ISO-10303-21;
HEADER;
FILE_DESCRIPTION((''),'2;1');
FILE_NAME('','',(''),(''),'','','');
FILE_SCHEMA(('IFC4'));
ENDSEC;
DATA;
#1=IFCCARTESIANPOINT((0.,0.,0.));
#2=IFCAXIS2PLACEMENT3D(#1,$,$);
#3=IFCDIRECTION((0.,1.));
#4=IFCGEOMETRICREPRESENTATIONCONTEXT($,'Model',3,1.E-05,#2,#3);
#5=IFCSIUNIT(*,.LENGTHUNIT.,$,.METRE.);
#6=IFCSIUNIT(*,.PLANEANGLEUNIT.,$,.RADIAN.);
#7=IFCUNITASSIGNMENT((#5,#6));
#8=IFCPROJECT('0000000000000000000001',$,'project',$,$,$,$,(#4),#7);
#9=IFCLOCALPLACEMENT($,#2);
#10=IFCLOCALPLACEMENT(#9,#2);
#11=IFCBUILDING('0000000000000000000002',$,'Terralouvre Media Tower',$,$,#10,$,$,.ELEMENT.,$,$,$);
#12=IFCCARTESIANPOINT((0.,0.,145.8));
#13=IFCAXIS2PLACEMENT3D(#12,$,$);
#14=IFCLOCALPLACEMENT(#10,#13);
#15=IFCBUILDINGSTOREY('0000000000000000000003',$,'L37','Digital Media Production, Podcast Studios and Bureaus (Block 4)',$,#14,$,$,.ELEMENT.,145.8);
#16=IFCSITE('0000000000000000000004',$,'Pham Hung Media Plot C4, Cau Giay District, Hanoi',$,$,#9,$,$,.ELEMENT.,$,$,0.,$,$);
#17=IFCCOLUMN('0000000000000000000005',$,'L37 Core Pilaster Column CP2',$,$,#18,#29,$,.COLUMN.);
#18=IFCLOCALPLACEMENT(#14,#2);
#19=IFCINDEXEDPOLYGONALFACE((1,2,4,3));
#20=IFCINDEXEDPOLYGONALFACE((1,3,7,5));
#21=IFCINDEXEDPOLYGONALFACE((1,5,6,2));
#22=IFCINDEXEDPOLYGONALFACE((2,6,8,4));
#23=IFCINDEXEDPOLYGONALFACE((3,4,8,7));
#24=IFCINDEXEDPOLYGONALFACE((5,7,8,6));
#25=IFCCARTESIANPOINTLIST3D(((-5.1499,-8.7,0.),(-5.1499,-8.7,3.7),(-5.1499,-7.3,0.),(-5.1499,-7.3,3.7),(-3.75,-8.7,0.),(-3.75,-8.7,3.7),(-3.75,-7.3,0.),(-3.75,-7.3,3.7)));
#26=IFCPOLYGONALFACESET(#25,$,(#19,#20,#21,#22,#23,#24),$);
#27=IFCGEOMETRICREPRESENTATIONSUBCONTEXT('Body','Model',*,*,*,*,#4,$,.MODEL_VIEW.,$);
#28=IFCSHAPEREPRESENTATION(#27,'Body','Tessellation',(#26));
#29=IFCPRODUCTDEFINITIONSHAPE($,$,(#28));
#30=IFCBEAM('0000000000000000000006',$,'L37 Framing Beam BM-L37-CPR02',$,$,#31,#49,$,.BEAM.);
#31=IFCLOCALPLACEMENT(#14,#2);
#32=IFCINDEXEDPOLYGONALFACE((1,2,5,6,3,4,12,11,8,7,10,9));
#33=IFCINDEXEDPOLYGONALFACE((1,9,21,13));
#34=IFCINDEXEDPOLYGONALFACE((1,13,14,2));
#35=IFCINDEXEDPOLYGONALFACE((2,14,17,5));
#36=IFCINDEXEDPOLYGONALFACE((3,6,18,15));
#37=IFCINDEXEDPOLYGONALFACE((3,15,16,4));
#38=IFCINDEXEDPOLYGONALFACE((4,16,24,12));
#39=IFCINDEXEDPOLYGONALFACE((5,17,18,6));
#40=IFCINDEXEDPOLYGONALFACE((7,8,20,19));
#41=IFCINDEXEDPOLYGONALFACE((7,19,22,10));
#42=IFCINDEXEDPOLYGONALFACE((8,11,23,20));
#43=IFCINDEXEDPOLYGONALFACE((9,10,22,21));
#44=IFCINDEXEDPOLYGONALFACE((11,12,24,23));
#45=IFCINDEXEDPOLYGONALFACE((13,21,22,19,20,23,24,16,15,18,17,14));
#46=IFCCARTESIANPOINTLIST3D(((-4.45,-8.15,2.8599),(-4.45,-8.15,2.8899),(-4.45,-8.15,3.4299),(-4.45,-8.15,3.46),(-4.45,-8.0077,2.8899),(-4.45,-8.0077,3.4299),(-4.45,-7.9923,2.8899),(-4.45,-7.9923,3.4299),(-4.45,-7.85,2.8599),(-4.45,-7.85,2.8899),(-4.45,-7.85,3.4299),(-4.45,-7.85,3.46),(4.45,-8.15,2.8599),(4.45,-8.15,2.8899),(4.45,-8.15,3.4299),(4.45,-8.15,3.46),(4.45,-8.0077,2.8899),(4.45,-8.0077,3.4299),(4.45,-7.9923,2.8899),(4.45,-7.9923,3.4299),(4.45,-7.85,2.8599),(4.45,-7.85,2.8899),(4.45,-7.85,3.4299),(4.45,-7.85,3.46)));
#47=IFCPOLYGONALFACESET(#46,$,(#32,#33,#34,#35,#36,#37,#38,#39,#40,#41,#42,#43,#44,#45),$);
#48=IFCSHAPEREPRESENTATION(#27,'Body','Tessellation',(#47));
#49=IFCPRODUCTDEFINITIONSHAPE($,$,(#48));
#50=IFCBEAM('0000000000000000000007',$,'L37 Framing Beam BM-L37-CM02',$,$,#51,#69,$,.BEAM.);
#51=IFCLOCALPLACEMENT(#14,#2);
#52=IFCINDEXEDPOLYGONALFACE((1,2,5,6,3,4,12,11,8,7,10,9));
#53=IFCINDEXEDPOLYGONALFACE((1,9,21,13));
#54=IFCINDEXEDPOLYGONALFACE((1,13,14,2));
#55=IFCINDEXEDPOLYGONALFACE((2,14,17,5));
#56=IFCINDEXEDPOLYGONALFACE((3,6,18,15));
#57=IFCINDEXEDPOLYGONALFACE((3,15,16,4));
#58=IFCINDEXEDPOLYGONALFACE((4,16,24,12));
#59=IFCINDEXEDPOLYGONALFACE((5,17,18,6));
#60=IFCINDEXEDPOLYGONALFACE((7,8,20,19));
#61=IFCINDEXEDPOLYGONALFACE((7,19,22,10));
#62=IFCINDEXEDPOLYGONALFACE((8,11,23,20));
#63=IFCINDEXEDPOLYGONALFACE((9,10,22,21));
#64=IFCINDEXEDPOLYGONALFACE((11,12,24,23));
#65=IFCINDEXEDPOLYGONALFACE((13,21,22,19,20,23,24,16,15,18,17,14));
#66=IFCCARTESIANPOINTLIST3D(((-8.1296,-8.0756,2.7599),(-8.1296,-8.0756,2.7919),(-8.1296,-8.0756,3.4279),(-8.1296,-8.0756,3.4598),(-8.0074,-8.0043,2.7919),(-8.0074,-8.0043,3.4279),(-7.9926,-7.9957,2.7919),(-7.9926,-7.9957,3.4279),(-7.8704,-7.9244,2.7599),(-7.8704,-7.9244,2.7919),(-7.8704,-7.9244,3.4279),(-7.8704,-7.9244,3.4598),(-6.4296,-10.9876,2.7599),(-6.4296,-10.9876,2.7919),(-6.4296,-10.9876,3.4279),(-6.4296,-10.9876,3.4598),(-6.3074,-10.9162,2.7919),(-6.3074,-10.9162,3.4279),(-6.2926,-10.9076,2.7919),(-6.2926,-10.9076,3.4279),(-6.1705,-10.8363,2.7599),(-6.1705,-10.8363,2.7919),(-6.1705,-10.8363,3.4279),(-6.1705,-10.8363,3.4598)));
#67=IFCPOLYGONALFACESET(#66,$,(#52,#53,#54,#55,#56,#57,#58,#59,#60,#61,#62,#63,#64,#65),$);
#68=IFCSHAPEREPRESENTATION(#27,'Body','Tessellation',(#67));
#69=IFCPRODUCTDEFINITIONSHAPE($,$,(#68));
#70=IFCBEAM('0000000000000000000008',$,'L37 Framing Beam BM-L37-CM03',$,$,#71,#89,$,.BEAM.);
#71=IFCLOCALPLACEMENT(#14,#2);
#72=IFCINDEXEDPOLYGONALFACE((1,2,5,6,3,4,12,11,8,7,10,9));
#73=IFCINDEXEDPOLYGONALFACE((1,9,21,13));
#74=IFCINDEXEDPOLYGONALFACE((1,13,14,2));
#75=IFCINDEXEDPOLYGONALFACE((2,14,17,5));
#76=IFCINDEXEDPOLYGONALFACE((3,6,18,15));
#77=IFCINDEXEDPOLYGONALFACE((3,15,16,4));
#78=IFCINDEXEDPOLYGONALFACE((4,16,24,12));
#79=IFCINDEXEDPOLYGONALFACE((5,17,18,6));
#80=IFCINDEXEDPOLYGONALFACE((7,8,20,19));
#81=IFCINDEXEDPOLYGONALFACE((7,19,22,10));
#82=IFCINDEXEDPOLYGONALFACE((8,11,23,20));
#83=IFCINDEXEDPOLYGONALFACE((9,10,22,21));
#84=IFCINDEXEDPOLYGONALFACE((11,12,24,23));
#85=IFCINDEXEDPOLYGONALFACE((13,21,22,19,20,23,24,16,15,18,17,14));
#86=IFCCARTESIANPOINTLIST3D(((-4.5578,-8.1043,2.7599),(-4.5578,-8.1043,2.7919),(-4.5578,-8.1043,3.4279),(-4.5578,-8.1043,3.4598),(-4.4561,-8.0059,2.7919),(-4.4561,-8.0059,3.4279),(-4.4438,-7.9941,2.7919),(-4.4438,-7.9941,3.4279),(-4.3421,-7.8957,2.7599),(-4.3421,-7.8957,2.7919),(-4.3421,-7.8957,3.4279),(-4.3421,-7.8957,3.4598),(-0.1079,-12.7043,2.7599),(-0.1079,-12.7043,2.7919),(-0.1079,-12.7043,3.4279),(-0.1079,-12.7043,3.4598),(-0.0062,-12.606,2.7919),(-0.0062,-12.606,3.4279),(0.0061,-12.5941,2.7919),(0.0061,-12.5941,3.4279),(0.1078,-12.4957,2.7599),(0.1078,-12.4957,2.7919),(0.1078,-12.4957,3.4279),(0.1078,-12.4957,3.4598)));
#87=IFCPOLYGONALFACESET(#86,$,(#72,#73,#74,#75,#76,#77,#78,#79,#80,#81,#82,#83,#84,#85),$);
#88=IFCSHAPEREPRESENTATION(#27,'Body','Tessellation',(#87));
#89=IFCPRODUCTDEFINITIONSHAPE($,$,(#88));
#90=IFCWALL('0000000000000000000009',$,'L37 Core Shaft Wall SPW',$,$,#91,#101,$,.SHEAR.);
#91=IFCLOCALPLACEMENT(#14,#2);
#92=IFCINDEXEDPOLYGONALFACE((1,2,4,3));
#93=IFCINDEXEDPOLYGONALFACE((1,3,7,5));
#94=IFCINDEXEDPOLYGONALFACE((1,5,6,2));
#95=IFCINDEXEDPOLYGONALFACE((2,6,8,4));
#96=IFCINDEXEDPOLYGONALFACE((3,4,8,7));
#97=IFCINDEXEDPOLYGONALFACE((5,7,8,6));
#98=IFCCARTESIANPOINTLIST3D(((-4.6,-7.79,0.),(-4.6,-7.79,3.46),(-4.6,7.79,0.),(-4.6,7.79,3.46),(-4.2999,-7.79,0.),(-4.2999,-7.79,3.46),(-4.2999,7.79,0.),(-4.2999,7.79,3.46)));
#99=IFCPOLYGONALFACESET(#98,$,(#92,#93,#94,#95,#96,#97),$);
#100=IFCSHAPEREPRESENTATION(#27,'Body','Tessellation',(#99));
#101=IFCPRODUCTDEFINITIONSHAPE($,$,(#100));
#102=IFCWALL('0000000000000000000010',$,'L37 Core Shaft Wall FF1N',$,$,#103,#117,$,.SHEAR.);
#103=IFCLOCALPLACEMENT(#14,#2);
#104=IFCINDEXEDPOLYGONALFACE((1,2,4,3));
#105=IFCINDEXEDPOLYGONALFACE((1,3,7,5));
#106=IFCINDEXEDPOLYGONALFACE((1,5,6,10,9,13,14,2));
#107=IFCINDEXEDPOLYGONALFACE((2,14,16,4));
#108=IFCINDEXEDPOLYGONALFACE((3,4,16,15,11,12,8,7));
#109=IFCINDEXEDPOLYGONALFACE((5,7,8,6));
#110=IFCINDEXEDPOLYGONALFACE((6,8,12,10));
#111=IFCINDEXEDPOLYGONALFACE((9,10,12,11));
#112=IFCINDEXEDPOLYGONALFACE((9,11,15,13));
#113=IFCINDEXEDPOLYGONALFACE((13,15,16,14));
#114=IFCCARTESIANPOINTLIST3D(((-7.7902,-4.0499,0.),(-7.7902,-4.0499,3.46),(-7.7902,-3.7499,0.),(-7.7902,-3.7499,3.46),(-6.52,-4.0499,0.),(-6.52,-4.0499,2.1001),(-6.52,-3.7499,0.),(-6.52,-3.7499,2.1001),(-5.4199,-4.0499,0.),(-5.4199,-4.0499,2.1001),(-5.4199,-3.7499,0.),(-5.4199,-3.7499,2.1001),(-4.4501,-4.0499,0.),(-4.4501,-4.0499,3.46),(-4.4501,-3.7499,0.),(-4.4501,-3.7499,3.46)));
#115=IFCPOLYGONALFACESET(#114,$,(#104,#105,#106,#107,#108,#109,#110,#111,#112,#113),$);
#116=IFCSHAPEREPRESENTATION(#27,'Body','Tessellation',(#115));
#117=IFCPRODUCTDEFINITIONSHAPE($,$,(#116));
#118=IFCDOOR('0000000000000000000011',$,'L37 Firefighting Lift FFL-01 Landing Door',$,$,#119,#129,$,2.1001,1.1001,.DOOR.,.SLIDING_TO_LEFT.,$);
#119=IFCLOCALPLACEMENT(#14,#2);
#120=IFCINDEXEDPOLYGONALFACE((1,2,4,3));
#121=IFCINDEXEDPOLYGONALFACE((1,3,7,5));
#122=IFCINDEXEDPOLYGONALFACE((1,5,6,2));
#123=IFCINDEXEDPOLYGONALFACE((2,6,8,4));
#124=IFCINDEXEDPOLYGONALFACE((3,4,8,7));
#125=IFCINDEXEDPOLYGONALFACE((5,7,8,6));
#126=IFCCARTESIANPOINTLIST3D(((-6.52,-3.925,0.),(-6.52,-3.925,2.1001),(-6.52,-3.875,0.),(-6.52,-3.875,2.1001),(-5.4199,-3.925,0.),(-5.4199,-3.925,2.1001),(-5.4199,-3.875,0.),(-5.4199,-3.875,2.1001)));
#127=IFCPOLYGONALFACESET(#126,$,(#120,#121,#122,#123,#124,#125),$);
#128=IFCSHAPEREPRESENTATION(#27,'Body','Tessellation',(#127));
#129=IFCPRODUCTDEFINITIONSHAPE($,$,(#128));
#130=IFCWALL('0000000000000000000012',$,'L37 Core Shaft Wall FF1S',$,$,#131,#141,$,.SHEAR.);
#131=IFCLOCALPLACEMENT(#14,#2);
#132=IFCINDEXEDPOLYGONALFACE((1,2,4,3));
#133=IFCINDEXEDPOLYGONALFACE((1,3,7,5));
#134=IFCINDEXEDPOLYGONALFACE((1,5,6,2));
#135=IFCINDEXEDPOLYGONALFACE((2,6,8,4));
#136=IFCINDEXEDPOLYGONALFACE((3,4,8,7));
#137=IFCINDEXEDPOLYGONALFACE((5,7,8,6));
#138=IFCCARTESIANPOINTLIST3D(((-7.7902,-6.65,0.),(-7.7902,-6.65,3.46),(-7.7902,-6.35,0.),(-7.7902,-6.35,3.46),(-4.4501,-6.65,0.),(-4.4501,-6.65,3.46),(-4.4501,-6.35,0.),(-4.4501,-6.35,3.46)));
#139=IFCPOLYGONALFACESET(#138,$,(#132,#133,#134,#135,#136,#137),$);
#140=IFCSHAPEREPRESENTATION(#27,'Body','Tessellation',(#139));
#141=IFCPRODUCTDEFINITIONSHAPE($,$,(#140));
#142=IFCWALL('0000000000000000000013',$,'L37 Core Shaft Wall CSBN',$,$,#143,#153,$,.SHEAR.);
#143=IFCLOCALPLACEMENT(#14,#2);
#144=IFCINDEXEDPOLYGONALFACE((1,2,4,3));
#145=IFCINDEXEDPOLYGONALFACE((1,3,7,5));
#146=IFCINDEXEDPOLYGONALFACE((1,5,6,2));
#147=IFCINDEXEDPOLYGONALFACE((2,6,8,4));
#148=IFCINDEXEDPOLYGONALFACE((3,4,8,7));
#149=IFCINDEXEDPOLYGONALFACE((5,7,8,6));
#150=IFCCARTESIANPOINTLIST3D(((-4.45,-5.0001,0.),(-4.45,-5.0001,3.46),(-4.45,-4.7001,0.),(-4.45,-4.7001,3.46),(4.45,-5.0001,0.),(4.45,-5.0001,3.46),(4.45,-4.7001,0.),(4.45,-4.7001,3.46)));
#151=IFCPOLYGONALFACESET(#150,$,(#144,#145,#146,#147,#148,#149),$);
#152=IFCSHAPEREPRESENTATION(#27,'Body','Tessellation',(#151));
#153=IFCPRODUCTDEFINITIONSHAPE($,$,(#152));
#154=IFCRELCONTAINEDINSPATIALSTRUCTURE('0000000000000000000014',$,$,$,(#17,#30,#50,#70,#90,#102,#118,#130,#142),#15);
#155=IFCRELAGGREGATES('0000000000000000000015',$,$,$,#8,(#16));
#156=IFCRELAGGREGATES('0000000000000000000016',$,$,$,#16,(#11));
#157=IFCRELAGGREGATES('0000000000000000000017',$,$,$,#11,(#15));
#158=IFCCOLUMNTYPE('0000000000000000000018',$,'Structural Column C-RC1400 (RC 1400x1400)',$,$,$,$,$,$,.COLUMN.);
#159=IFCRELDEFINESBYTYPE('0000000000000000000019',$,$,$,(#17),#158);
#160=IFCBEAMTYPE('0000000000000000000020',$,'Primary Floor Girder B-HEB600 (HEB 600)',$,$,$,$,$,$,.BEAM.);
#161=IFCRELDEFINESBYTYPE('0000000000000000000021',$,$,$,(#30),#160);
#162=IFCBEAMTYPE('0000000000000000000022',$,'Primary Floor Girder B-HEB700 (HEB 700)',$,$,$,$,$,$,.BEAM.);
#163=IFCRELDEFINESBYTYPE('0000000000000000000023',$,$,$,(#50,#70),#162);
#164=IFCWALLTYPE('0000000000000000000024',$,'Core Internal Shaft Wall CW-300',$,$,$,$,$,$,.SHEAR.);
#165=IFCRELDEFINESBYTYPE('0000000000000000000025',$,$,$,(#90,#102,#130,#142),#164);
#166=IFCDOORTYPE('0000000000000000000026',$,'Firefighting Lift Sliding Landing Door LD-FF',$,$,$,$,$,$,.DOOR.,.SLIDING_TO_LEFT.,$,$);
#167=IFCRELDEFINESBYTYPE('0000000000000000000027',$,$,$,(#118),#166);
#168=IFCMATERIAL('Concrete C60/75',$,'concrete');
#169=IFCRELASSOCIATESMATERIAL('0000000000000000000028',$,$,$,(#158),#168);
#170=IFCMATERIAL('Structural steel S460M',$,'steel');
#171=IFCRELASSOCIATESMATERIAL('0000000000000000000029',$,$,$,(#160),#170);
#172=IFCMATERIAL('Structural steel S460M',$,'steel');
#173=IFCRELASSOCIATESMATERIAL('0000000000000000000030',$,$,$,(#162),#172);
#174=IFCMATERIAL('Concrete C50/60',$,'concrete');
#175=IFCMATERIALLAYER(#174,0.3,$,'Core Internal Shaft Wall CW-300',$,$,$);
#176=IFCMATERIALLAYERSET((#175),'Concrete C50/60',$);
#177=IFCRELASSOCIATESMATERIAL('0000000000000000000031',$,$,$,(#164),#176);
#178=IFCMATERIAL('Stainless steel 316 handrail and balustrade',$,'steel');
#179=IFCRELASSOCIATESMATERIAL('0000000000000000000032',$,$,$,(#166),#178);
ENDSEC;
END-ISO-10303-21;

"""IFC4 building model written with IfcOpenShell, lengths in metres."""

from ifc_helpers import new_model, si_unit, direction, frame, frame_2d, origin, origin_2d, place, context, subcontext, project, spatial, rectangle, i_section, extrude, material, layer, layer_set, material_profile, profile_set, type_object, element, fill, save


model = new_model("IFC4")

# Units and contexts
model_context = context("Model", 3, precision=1e-05, world=origin(), true_north=direction((0.0, 1.0)))
body_context = subcontext(model_context, "Body", "Model", "MODEL_VIEW")
ifc_project = project(units=[si_unit("LENGTHUNIT", "METRE"), si_unit("PLANEANGLEUNIT", "RADIAN")], contexts=[model_context])

# Site, building, storey
site_placement = place(None, origin())
site = spatial("IfcSite", under=ifc_project, at=site_placement, Name="Pham Hung Media Plot C4, Cau Giay District, Hanoi", CompositionType="ELEMENT", RefElevation=0.0)
building_placement = place(site_placement, origin())
building = spatial("IfcBuilding", under=site, at=building_placement, Name="Terralouvre Media Tower", CompositionType="ELEMENT")
storey_placement = place(building_placement, frame((0.0, 0.0, 145.8)))
storey = spatial("IfcBuildingStorey", under=building, at=storey_placement, Name="L37", Description="Digital Media Production, Podcast Studios and Bureaus (Block 4)", CompositionType="ELEMENT", Elevation=145.8)

# Column
ifc_material_1 = material(Name="Concrete C60/75", Category="concrete")
ifc_material_profile_1 = material_profile(ifc_material_1, rectangle(XDim=1.3999, YDim=1.3999, at=origin_2d()), Name="RC 1400x1400")
ifc_profile_set_1 = profile_set([ifc_material_profile_1], Name="Concrete C60/75")
column_type = type_object("IfcColumnType", Name="Structural Column C-RC1400 (RC 1400x1400)", PredefinedType="COLUMN", material=ifc_profile_set_1)
column_placement = place(storey_placement, frame((-4.45, -8.0, 0.0), z_axis=(0.0, 0.0, 1.0), x_axis=(1.0, 0.0, 0.0)))
element("IfcColumn", 1, at=column_placement, inside=storey, type_object=column_type, Name="L37 Core Pilaster Column CP2", PredefinedType="COLUMN", context=body_context, shape_type="SweptSolid", body=[
    extrude(rectangle(XDim=1.3999, YDim=1.3999, at=origin_2d()), origin(), (0.0, 0.0, 1.0), 3.7),
])

# Beams
ifc_material_2 = material(Name="Structural steel S460M", Category="steel")
ifc_material_profile_2 = material_profile(ifc_material_2, i_section(OverallWidth=0.3, OverallDepth=0.6001, WebThickness=0.0154, FlangeThickness=0.03, at=origin_2d()), Name="HEB 600")
ifc_profile_set_2 = profile_set([ifc_material_profile_2], Name="Structural steel S460M")
beam_type_1 = type_object("IfcBeamType", Name="Primary Floor Girder B-HEB600 (HEB 600)", PredefinedType="BEAM", material=ifc_profile_set_2)
beam_1_placement = place(storey_placement, frame((-4.45, -8.0, 3.1599), z_axis=(1.0, 0.0, 0.0), x_axis=(0.0, 1.0, 0.0)))
element("IfcBeam", 2, at=beam_1_placement, inside=storey, type_object=beam_type_1, Name="L37 Framing Beam BM-L37-CPR02", PredefinedType="BEAM", context=body_context, shape_type="SweptSolid", body=[
    extrude(i_section(OverallWidth=0.3, OverallDepth=0.6001, WebThickness=0.0154, FlangeThickness=0.03, at=origin_2d()), origin(), (0.0, 0.0, 1.0), 8.8999),
])
ifc_material_3 = material(Name="Structural steel S460M", Category="steel")
ifc_material_profile_3 = material_profile(ifc_material_3, i_section(OverallWidth=0.3, OverallDepth=0.7, WebThickness=0.0171, FlangeThickness=0.032, at=origin_2d()), Name="HEB 700")
ifc_profile_set_3 = profile_set([ifc_material_profile_3], Name="Structural steel S460M")
beam_type_2 = type_object("IfcBeamType", Name="Primary Floor Girder B-HEB700 (HEB 700)", PredefinedType="BEAM", material=ifc_profile_set_3)
beam_2_placement = place(storey_placement, frame((-8.0, -8.0, 3.1099), z_axis=(0.504173, -0.863603, 0.0), x_axis=(0.863603, 0.504173, 0.0)))
element("IfcBeam", 3, at=beam_2_placement, inside=storey, type_object=beam_type_2, Name="L37 Framing Beam BM-L37-CM02", PredefinedType="BEAM", context=body_context, shape_type="SweptSolid", body=[
    extrude(i_section(OverallWidth=0.3, OverallDepth=0.7, WebThickness=0.0171, FlangeThickness=0.032, at=origin_2d()), origin(), (0.0, 0.0, 1.0), 3.3718),
])
beam_3_placement = place(storey_placement, frame((-4.45, -8.0, 3.1099), z_axis=(0.69528, -0.718739, 0.0), x_axis=(0.718739, 0.69528, 0.0)))
element("IfcBeam", 4, at=beam_3_placement, inside=storey, type_object=beam_type_2, Name="L37 Framing Beam BM-L37-CM03", PredefinedType="BEAM", context=body_context, shape_type="SweptSolid", body=[
    extrude(i_section(OverallWidth=0.3, OverallDepth=0.7, WebThickness=0.0171, FlangeThickness=0.032, at=origin_2d()), origin(), (0.0, 0.0, 1.0), 6.4001),
])

# Wall
ifc_material_4 = material(Name="Concrete C50/60", Category="concrete")
ifc_layer_1 = layer(ifc_material_4, 0.3, Name="Core Internal Shaft Wall CW-300")
ifc_layer_set_1 = layer_set([ifc_layer_1], Name="Concrete C50/60")
wall_type_1 = type_object("IfcWallType", Name="Core Internal Shaft Wall CW-300", PredefinedType="SHEAR", material=ifc_layer_set_1)
wall_1_placement = place(storey_placement, frame((-4.45, -7.79, 0.0), z_axis=(0.0, 0.0, 1.0), x_axis=(0.0, 1.0, 0.0)))
element("IfcWall", 5, at=wall_1_placement, inside=storey, type_object=wall_type_1, Name="L37 Core Shaft Wall SPW", PredefinedType="SHEAR", context=body_context, shape_type="SweptSolid", body=[
    extrude(rectangle(XDim=15.5801, YDim=0.3, at=frame_2d((7.79, 0.0))), origin(), (0.0, 0.0, 1.0), 3.46),
])

# Wall, opening, door
wall_2_placement = place(storey_placement, frame((-7.79, -3.8999, 0.0), z_axis=(0.0, 0.0, 1.0), x_axis=(1.0, 0.0, 0.0)))
wall_2 = element("IfcWall", 6, at=wall_2_placement, inside=storey, type_object=wall_type_1, Name="L37 Core Shaft Wall FF1N", PredefinedType="SHEAR", context=body_context, shape_type="SweptSolid", body=[
    extrude(rectangle(XDim=3.3401, YDim=0.3, at=frame_2d((1.6699, 0.0))), origin(), (0.0, 0.0, 1.0), 3.46),
])
opening_1_placement = place(wall_2_placement, frame((1.27, 0.0, 0.0)))
opening_1 = element("IfcOpeningElement", 7, at=opening_1_placement, cuts=wall_2, PredefinedType="OPENING", context=body_context, shape_type="SweptSolid", body=[
    extrude(rectangle(XDim=1.1001, YDim=2.1001, at=frame_2d((0.55, 1.05))), frame((0.0, 0.1599, 0.0), z_axis=(0.0, -1.0, 0.0), x_axis=(1.0, 0.0, 0.0)), (0.0, 0.0, 1.0), 0.3201),
])
ifc_material_5 = material(Name="Stainless steel 316 handrail and balustrade", Category="steel")
door_type_1 = type_object("IfcDoorType", Name="Firefighting Lift Sliding Landing Door LD-FF", OperationType="SLIDING_TO_LEFT", PredefinedType="DOOR", material=ifc_material_5)
door_1_placement = place(opening_1_placement, origin())
door_1 = element("IfcDoor", 8, at=door_1_placement, inside=storey, type_object=door_type_1, Name="L37 Firefighting Lift FFL-01 Landing Door", OperationType="SLIDING_TO_LEFT", OverallHeight=2.1001, OverallWidth=1.1001, PredefinedType="DOOR", context=body_context, shape_type="SweptSolid", body=[
    extrude(rectangle(XDim=1.1001, YDim=2.1001, at=frame_2d((0.55, 1.05))), frame((0.0, 0.0249, 0.0), z_axis=(0.0, -1.0, 0.0), x_axis=(1.0, 0.0, 0.0)), (0.0, 0.0, 1.0), 0.05),
])
fill(opening_1, door_1)

# Walls
wall_3_placement = place(storey_placement, frame((-7.79, -6.5, 0.0), z_axis=(0.0, 0.0, 1.0), x_axis=(1.0, 0.0, 0.0)))
element("IfcWall", 9, at=wall_3_placement, inside=storey, type_object=wall_type_1, Name="L37 Core Shaft Wall FF1S", PredefinedType="SHEAR", context=body_context, shape_type="SweptSolid", body=[
    extrude(rectangle(XDim=3.3401, YDim=0.3, at=frame_2d((1.6699, 0.0))), origin(), (0.0, 0.0, 1.0), 3.46),
])
wall_4_placement = place(storey_placement, frame((-4.45, -4.8501, 0.0), z_axis=(0.0, 0.0, 1.0), x_axis=(1.0, 0.0, 0.0)))
element("IfcWall", 10, at=wall_4_placement, inside=storey, type_object=wall_type_1, Name="L37 Core Shaft Wall CSBN", PredefinedType="SHEAR", context=body_context, shape_type="SweptSolid", body=[
    extrude(rectangle(XDim=8.8999, YDim=0.3, at=frame_2d((4.45, 0.0))), origin(), (0.0, 0.0, 1.0), 3.46),
])

save(model, "model.ifc")
